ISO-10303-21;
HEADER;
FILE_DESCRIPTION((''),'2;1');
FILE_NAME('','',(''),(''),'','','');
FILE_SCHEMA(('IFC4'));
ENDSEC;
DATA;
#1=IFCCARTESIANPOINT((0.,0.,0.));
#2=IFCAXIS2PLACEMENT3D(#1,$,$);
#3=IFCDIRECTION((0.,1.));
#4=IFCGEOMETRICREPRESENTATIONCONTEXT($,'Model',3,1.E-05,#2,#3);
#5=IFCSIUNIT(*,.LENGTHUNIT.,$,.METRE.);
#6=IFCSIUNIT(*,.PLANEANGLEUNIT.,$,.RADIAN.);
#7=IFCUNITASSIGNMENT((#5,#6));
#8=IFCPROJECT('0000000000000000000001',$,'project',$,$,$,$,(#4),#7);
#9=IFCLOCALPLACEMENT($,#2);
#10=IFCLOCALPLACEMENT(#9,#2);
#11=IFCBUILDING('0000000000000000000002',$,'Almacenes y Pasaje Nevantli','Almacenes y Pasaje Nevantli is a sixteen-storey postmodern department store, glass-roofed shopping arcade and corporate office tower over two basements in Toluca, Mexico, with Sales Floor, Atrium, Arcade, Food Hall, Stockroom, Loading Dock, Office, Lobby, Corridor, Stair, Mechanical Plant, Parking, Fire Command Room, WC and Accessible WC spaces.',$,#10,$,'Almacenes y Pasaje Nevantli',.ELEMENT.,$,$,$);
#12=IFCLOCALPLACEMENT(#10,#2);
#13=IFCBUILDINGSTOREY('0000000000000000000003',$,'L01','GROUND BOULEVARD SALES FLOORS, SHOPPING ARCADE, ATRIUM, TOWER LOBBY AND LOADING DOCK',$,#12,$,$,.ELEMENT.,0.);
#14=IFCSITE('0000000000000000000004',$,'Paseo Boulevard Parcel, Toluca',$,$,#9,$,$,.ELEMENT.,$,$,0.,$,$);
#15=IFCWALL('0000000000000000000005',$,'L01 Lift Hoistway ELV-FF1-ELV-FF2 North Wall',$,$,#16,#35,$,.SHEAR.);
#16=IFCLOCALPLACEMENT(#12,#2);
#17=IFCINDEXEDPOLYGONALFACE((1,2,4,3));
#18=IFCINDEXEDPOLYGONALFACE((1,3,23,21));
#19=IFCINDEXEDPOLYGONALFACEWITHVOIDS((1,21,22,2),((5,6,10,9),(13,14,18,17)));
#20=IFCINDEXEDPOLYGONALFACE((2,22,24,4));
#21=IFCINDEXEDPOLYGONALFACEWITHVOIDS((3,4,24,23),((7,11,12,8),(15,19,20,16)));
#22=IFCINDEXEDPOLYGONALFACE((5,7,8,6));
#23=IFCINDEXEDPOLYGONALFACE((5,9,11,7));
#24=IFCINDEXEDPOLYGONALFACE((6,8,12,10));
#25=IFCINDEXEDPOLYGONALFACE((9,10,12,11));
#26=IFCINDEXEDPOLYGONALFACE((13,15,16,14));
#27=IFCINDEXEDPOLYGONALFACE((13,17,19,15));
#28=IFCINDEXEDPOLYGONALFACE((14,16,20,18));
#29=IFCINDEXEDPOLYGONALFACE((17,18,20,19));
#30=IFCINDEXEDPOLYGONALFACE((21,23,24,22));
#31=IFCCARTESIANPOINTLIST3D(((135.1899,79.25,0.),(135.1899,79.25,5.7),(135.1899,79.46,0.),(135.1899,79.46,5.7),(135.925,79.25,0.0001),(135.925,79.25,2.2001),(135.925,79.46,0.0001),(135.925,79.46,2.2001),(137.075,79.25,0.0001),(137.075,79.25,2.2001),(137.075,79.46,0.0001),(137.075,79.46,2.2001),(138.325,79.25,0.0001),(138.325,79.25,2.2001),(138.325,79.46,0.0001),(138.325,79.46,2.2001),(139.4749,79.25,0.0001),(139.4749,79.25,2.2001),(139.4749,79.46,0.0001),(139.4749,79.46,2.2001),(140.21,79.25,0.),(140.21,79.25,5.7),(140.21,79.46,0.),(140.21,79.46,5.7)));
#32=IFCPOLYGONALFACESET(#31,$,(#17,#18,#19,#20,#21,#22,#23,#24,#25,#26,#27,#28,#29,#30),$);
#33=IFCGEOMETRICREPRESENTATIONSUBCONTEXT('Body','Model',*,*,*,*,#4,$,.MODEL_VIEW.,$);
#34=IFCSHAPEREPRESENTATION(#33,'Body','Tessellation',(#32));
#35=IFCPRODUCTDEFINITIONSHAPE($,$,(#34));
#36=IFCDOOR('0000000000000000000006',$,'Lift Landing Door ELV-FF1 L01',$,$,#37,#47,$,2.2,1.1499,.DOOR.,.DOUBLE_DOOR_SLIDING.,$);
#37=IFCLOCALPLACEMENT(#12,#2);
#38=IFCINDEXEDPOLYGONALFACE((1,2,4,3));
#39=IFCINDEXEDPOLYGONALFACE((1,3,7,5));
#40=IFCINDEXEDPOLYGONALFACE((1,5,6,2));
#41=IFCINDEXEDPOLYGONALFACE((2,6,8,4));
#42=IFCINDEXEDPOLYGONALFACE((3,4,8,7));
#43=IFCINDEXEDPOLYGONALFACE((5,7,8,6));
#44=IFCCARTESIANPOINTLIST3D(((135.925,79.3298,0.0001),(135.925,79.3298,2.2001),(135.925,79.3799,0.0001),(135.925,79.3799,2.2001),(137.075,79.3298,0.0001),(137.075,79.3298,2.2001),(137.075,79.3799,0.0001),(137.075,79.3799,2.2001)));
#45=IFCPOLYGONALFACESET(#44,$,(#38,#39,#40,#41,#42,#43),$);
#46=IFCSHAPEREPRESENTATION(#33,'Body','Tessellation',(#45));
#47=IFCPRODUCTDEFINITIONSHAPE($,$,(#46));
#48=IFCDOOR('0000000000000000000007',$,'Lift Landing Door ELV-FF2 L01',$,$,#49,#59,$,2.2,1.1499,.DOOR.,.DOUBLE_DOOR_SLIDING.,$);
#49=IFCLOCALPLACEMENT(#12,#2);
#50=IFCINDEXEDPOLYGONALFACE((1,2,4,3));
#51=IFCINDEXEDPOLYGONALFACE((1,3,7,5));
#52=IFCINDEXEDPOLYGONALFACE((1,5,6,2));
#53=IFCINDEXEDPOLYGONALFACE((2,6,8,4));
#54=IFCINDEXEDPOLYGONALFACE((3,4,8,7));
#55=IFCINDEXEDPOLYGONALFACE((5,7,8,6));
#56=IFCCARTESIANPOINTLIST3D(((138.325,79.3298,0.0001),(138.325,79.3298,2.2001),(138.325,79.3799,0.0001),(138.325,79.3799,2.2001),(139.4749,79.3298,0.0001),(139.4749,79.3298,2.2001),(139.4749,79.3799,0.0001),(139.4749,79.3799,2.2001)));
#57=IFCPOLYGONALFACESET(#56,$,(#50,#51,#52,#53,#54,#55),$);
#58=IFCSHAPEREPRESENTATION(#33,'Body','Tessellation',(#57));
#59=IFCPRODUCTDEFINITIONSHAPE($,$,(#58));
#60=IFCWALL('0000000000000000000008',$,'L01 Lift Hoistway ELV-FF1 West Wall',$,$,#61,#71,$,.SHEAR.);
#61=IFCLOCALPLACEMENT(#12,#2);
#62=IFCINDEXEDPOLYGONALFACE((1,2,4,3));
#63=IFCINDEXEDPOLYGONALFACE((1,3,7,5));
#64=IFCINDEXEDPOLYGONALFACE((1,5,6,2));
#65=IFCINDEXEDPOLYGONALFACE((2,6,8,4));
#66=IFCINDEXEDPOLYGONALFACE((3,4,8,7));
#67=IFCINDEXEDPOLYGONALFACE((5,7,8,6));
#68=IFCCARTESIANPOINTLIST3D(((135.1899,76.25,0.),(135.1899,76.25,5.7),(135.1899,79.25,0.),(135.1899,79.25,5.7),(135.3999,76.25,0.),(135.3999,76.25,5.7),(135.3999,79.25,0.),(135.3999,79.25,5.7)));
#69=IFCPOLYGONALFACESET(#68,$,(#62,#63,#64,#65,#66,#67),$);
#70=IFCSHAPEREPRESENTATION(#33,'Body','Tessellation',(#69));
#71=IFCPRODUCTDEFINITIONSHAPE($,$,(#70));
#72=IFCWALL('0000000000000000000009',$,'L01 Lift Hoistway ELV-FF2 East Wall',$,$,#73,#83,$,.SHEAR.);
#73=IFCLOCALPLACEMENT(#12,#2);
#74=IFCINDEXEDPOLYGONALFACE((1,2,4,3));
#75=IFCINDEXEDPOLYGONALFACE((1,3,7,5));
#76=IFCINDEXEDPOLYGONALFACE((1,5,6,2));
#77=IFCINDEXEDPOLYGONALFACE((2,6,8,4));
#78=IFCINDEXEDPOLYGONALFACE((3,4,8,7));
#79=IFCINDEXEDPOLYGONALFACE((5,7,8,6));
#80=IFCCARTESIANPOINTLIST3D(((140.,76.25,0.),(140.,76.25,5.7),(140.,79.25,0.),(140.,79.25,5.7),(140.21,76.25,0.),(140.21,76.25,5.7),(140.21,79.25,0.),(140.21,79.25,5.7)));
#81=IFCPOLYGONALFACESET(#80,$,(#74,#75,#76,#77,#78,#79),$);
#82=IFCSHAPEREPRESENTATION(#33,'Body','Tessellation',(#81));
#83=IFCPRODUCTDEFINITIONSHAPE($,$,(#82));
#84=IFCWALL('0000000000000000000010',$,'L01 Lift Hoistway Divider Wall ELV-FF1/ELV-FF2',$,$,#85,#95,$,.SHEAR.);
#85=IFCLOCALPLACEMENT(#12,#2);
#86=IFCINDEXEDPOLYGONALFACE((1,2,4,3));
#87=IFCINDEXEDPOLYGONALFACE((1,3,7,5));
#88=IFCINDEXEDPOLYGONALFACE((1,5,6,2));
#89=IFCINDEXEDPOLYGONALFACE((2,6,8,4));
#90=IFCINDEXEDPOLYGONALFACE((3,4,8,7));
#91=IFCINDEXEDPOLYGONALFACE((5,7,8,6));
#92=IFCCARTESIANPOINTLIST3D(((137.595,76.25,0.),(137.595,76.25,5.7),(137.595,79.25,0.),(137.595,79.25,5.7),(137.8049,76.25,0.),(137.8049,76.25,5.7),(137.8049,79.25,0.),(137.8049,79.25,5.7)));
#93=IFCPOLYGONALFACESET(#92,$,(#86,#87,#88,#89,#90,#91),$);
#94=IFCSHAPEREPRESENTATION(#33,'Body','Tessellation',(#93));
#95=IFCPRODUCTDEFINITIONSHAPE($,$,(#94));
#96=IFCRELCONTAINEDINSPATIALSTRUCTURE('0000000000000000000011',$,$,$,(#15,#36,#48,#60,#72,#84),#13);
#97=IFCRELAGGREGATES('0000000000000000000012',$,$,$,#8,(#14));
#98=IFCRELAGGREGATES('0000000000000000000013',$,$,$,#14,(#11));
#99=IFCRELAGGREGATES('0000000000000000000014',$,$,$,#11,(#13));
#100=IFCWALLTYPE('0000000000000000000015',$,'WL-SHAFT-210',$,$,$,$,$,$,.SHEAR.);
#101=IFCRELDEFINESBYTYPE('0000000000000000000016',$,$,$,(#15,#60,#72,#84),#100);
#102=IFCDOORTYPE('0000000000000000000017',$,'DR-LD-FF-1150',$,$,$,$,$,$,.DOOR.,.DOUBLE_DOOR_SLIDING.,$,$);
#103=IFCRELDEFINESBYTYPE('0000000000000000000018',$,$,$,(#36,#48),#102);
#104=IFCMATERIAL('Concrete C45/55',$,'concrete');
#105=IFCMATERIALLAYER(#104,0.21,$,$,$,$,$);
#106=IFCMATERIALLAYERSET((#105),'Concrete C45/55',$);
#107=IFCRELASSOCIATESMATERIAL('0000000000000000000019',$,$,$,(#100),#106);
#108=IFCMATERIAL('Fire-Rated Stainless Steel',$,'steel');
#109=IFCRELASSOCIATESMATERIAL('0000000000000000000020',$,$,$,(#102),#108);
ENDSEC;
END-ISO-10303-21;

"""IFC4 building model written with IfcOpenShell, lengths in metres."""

from ifc_helpers import new_model, si_unit, direction, frame, frame_2d, origin, place, context, subcontext, project, spatial, rectangle, extrude, material, layer, layer_set, type_object, element, fill, save


model = new_model("IFC4")

# Units and contexts
model_context = context("Model", 3, precision=1e-05, world=origin(), true_north=direction((0.0, 1.0)))
body_context = subcontext(model_context, "Body", "Model", "MODEL_VIEW")
ifc_project = project(units=[si_unit("LENGTHUNIT", "METRE"), si_unit("PLANEANGLEUNIT", "RADIAN")], contexts=[model_context])

# Site, building, storey
site_placement = place(None, origin())
site = spatial("IfcSite", under=ifc_project, at=site_placement, Name="Paseo Boulevard Parcel, Toluca", CompositionType="ELEMENT", RefElevation=0.0)
building_placement = place(site_placement, origin())
building = spatial("IfcBuilding", under=site, at=building_placement, Name="Almacenes y Pasaje Nevantli", Description="Almacenes y Pasaje Nevantli is a sixteen-storey postmodern department store, glass-roofed shopping arcade and corporate office tower over two basements in Toluca, Mexico, with Sales Floor, Atrium, Arcade, Food Hall, Stockroom, Loading Dock, Office, Lobby, Corridor, Stair, Mechanical Plant, Parking, Fire Command Room, WC and Accessible WC spaces.", LongName="Almacenes y Pasaje Nevantli", CompositionType="ELEMENT")
storey_placement = place(building_placement, origin())
storey = spatial("IfcBuildingStorey", under=building, at=storey_placement, Name="L01", Description="GROUND BOULEVARD SALES FLOORS, SHOPPING ARCADE, ATRIUM, TOWER LOBBY AND LOADING DOCK", CompositionType="ELEMENT", Elevation=0.0)

# Wall, openings, doors
ifc_material_1 = material(Name="Concrete C45/55", Category="concrete")
ifc_layer_1 = layer(ifc_material_1, 0.21)
ifc_layer_set_1 = layer_set([ifc_layer_1], Name="Concrete C45/55")
wall_type_1 = type_object("IfcWallType", Name="WL-SHAFT-210", PredefinedType="SHEAR", material=ifc_layer_set_1)
wall_1_placement = place(storey_placement, frame((135.1899, 79.355, 0.0), z_axis=(0.0, 0.0, 1.0), x_axis=(1.0, 0.0, 0.0)))
wall_1 = element("IfcWall", 1, at=wall_1_placement, inside=storey, type_object=wall_type_1, Name="L01 Lift Hoistway ELV-FF1-ELV-FF2 North Wall", PredefinedType="SHEAR", context=body_context, shape_type="SweptSolid", body=[
    extrude(rectangle(XDim=5.02, YDim=0.21, at=frame_2d((2.51, 0.0))), origin(), (0.0, 0.0, 1.0), 5.7),
])
opening_1_placement = place(wall_1_placement, frame((0.7351, 0.0, 0.0)))
opening_1 = element("IfcOpeningElement", 2, at=opening_1_placement, cuts=wall_1, PredefinedType="OPENING", context=body_context, shape_type="SweptSolid", body=[
    extrude(rectangle(XDim=1.1499, YDim=2.2, at=frame_2d((0.575, 1.1001))), frame((0.0, 0.115, 0.0), z_axis=(0.0, -1.0, 0.0), x_axis=(1.0, 0.0, 0.0)), (0.0, 0.0, 1.0), 0.23),
])
opening_2_placement = place(wall_1_placement, frame((3.135, 0.0, 0.0)))
opening_2 = element("IfcOpeningElement", 3, at=opening_2_placement, cuts=wall_1, PredefinedType="OPENING", context=body_context, shape_type="SweptSolid", body=[
    extrude(rectangle(XDim=1.1499, YDim=2.2, at=frame_2d((0.575, 1.1001))), frame((0.0, 0.115, 0.0), z_axis=(0.0, -1.0, 0.0), x_axis=(1.0, 0.0, 0.0)), (0.0, 0.0, 1.0), 0.23),
])
ifc_material_2 = material(Name="Fire-Rated Stainless Steel", Category="steel")
door_type_1 = type_object("IfcDoorType", Name="DR-LD-FF-1150", OperationType="DOUBLE_DOOR_SLIDING", PredefinedType="DOOR", material=ifc_material_2)
door_1_placement = place(opening_1_placement, origin())
door_1 = element("IfcDoor", 4, at=door_1_placement, inside=storey, type_object=door_type_1, Name="Lift Landing Door ELV-FF1 L01", OperationType="DOUBLE_DOOR_SLIDING", OverallHeight=2.2, OverallWidth=1.1499, PredefinedType="DOOR", context=body_context, shape_type="SweptSolid", body=[
    extrude(rectangle(XDim=1.1499, YDim=2.2, at=frame_2d((0.575, 1.1001))), frame((0.0, 0.0249, 0.0), z_axis=(0.0, -1.0, 0.0), x_axis=(1.0, 0.0, 0.0)), (0.0, 0.0, 1.0), 0.05),
])
fill(opening_1, door_1)
door_2_placement = place(opening_2_placement, origin())
door_2 = element("IfcDoor", 5, at=door_2_placement, inside=storey, type_object=door_type_1, Name="Lift Landing Door ELV-FF2 L01", OperationType="DOUBLE_DOOR_SLIDING", OverallHeight=2.2, OverallWidth=1.1499, PredefinedType="DOOR", context=body_context, shape_type="SweptSolid", body=[
    extrude(rectangle(XDim=1.1499, YDim=2.2, at=frame_2d((0.575, 1.1001))), frame((0.0, 0.0249, 0.0), z_axis=(0.0, -1.0, 0.0), x_axis=(1.0, 0.0, 0.0)), (0.0, 0.0, 1.0), 0.05),
])
fill(opening_2, door_2)

# Walls
for number, where, z_axis, x_axis, name in (
    (6, (135.2949, 76.25, 0.0), (0.0, 0.0, 1.0), (0.0, 1.0, 0.0), "L01 Lift Hoistway ELV-FF1 West Wall"),
    (7, (140.105, 76.25, 0.0), (0.0, 0.0, 1.0), (0.0, 1.0, 0.0), "L01 Lift Hoistway ELV-FF2 East Wall"),
    (8, (137.7, 76.25, 0.0), (0.0, 0.0, 1.0), (0.0, 1.0, 0.0), "L01 Lift Hoistway Divider Wall ELV-FF1/ELV-FF2"),
):
    element("IfcWall", number, at=place(storey_placement, frame(where, z_axis=z_axis, x_axis=x_axis)), inside=storey, type_object=wall_type_1, Name=name, PredefinedType="SHEAR", context=body_context, shape_type="SweptSolid", body=[
        extrude(rectangle(XDim=3.0, YDim=0.21, at=frame_2d((1.5, 0.0))), origin(), (0.0, 0.0, 1.0), 5.7),
    ])

save(model, "model.ifc")
